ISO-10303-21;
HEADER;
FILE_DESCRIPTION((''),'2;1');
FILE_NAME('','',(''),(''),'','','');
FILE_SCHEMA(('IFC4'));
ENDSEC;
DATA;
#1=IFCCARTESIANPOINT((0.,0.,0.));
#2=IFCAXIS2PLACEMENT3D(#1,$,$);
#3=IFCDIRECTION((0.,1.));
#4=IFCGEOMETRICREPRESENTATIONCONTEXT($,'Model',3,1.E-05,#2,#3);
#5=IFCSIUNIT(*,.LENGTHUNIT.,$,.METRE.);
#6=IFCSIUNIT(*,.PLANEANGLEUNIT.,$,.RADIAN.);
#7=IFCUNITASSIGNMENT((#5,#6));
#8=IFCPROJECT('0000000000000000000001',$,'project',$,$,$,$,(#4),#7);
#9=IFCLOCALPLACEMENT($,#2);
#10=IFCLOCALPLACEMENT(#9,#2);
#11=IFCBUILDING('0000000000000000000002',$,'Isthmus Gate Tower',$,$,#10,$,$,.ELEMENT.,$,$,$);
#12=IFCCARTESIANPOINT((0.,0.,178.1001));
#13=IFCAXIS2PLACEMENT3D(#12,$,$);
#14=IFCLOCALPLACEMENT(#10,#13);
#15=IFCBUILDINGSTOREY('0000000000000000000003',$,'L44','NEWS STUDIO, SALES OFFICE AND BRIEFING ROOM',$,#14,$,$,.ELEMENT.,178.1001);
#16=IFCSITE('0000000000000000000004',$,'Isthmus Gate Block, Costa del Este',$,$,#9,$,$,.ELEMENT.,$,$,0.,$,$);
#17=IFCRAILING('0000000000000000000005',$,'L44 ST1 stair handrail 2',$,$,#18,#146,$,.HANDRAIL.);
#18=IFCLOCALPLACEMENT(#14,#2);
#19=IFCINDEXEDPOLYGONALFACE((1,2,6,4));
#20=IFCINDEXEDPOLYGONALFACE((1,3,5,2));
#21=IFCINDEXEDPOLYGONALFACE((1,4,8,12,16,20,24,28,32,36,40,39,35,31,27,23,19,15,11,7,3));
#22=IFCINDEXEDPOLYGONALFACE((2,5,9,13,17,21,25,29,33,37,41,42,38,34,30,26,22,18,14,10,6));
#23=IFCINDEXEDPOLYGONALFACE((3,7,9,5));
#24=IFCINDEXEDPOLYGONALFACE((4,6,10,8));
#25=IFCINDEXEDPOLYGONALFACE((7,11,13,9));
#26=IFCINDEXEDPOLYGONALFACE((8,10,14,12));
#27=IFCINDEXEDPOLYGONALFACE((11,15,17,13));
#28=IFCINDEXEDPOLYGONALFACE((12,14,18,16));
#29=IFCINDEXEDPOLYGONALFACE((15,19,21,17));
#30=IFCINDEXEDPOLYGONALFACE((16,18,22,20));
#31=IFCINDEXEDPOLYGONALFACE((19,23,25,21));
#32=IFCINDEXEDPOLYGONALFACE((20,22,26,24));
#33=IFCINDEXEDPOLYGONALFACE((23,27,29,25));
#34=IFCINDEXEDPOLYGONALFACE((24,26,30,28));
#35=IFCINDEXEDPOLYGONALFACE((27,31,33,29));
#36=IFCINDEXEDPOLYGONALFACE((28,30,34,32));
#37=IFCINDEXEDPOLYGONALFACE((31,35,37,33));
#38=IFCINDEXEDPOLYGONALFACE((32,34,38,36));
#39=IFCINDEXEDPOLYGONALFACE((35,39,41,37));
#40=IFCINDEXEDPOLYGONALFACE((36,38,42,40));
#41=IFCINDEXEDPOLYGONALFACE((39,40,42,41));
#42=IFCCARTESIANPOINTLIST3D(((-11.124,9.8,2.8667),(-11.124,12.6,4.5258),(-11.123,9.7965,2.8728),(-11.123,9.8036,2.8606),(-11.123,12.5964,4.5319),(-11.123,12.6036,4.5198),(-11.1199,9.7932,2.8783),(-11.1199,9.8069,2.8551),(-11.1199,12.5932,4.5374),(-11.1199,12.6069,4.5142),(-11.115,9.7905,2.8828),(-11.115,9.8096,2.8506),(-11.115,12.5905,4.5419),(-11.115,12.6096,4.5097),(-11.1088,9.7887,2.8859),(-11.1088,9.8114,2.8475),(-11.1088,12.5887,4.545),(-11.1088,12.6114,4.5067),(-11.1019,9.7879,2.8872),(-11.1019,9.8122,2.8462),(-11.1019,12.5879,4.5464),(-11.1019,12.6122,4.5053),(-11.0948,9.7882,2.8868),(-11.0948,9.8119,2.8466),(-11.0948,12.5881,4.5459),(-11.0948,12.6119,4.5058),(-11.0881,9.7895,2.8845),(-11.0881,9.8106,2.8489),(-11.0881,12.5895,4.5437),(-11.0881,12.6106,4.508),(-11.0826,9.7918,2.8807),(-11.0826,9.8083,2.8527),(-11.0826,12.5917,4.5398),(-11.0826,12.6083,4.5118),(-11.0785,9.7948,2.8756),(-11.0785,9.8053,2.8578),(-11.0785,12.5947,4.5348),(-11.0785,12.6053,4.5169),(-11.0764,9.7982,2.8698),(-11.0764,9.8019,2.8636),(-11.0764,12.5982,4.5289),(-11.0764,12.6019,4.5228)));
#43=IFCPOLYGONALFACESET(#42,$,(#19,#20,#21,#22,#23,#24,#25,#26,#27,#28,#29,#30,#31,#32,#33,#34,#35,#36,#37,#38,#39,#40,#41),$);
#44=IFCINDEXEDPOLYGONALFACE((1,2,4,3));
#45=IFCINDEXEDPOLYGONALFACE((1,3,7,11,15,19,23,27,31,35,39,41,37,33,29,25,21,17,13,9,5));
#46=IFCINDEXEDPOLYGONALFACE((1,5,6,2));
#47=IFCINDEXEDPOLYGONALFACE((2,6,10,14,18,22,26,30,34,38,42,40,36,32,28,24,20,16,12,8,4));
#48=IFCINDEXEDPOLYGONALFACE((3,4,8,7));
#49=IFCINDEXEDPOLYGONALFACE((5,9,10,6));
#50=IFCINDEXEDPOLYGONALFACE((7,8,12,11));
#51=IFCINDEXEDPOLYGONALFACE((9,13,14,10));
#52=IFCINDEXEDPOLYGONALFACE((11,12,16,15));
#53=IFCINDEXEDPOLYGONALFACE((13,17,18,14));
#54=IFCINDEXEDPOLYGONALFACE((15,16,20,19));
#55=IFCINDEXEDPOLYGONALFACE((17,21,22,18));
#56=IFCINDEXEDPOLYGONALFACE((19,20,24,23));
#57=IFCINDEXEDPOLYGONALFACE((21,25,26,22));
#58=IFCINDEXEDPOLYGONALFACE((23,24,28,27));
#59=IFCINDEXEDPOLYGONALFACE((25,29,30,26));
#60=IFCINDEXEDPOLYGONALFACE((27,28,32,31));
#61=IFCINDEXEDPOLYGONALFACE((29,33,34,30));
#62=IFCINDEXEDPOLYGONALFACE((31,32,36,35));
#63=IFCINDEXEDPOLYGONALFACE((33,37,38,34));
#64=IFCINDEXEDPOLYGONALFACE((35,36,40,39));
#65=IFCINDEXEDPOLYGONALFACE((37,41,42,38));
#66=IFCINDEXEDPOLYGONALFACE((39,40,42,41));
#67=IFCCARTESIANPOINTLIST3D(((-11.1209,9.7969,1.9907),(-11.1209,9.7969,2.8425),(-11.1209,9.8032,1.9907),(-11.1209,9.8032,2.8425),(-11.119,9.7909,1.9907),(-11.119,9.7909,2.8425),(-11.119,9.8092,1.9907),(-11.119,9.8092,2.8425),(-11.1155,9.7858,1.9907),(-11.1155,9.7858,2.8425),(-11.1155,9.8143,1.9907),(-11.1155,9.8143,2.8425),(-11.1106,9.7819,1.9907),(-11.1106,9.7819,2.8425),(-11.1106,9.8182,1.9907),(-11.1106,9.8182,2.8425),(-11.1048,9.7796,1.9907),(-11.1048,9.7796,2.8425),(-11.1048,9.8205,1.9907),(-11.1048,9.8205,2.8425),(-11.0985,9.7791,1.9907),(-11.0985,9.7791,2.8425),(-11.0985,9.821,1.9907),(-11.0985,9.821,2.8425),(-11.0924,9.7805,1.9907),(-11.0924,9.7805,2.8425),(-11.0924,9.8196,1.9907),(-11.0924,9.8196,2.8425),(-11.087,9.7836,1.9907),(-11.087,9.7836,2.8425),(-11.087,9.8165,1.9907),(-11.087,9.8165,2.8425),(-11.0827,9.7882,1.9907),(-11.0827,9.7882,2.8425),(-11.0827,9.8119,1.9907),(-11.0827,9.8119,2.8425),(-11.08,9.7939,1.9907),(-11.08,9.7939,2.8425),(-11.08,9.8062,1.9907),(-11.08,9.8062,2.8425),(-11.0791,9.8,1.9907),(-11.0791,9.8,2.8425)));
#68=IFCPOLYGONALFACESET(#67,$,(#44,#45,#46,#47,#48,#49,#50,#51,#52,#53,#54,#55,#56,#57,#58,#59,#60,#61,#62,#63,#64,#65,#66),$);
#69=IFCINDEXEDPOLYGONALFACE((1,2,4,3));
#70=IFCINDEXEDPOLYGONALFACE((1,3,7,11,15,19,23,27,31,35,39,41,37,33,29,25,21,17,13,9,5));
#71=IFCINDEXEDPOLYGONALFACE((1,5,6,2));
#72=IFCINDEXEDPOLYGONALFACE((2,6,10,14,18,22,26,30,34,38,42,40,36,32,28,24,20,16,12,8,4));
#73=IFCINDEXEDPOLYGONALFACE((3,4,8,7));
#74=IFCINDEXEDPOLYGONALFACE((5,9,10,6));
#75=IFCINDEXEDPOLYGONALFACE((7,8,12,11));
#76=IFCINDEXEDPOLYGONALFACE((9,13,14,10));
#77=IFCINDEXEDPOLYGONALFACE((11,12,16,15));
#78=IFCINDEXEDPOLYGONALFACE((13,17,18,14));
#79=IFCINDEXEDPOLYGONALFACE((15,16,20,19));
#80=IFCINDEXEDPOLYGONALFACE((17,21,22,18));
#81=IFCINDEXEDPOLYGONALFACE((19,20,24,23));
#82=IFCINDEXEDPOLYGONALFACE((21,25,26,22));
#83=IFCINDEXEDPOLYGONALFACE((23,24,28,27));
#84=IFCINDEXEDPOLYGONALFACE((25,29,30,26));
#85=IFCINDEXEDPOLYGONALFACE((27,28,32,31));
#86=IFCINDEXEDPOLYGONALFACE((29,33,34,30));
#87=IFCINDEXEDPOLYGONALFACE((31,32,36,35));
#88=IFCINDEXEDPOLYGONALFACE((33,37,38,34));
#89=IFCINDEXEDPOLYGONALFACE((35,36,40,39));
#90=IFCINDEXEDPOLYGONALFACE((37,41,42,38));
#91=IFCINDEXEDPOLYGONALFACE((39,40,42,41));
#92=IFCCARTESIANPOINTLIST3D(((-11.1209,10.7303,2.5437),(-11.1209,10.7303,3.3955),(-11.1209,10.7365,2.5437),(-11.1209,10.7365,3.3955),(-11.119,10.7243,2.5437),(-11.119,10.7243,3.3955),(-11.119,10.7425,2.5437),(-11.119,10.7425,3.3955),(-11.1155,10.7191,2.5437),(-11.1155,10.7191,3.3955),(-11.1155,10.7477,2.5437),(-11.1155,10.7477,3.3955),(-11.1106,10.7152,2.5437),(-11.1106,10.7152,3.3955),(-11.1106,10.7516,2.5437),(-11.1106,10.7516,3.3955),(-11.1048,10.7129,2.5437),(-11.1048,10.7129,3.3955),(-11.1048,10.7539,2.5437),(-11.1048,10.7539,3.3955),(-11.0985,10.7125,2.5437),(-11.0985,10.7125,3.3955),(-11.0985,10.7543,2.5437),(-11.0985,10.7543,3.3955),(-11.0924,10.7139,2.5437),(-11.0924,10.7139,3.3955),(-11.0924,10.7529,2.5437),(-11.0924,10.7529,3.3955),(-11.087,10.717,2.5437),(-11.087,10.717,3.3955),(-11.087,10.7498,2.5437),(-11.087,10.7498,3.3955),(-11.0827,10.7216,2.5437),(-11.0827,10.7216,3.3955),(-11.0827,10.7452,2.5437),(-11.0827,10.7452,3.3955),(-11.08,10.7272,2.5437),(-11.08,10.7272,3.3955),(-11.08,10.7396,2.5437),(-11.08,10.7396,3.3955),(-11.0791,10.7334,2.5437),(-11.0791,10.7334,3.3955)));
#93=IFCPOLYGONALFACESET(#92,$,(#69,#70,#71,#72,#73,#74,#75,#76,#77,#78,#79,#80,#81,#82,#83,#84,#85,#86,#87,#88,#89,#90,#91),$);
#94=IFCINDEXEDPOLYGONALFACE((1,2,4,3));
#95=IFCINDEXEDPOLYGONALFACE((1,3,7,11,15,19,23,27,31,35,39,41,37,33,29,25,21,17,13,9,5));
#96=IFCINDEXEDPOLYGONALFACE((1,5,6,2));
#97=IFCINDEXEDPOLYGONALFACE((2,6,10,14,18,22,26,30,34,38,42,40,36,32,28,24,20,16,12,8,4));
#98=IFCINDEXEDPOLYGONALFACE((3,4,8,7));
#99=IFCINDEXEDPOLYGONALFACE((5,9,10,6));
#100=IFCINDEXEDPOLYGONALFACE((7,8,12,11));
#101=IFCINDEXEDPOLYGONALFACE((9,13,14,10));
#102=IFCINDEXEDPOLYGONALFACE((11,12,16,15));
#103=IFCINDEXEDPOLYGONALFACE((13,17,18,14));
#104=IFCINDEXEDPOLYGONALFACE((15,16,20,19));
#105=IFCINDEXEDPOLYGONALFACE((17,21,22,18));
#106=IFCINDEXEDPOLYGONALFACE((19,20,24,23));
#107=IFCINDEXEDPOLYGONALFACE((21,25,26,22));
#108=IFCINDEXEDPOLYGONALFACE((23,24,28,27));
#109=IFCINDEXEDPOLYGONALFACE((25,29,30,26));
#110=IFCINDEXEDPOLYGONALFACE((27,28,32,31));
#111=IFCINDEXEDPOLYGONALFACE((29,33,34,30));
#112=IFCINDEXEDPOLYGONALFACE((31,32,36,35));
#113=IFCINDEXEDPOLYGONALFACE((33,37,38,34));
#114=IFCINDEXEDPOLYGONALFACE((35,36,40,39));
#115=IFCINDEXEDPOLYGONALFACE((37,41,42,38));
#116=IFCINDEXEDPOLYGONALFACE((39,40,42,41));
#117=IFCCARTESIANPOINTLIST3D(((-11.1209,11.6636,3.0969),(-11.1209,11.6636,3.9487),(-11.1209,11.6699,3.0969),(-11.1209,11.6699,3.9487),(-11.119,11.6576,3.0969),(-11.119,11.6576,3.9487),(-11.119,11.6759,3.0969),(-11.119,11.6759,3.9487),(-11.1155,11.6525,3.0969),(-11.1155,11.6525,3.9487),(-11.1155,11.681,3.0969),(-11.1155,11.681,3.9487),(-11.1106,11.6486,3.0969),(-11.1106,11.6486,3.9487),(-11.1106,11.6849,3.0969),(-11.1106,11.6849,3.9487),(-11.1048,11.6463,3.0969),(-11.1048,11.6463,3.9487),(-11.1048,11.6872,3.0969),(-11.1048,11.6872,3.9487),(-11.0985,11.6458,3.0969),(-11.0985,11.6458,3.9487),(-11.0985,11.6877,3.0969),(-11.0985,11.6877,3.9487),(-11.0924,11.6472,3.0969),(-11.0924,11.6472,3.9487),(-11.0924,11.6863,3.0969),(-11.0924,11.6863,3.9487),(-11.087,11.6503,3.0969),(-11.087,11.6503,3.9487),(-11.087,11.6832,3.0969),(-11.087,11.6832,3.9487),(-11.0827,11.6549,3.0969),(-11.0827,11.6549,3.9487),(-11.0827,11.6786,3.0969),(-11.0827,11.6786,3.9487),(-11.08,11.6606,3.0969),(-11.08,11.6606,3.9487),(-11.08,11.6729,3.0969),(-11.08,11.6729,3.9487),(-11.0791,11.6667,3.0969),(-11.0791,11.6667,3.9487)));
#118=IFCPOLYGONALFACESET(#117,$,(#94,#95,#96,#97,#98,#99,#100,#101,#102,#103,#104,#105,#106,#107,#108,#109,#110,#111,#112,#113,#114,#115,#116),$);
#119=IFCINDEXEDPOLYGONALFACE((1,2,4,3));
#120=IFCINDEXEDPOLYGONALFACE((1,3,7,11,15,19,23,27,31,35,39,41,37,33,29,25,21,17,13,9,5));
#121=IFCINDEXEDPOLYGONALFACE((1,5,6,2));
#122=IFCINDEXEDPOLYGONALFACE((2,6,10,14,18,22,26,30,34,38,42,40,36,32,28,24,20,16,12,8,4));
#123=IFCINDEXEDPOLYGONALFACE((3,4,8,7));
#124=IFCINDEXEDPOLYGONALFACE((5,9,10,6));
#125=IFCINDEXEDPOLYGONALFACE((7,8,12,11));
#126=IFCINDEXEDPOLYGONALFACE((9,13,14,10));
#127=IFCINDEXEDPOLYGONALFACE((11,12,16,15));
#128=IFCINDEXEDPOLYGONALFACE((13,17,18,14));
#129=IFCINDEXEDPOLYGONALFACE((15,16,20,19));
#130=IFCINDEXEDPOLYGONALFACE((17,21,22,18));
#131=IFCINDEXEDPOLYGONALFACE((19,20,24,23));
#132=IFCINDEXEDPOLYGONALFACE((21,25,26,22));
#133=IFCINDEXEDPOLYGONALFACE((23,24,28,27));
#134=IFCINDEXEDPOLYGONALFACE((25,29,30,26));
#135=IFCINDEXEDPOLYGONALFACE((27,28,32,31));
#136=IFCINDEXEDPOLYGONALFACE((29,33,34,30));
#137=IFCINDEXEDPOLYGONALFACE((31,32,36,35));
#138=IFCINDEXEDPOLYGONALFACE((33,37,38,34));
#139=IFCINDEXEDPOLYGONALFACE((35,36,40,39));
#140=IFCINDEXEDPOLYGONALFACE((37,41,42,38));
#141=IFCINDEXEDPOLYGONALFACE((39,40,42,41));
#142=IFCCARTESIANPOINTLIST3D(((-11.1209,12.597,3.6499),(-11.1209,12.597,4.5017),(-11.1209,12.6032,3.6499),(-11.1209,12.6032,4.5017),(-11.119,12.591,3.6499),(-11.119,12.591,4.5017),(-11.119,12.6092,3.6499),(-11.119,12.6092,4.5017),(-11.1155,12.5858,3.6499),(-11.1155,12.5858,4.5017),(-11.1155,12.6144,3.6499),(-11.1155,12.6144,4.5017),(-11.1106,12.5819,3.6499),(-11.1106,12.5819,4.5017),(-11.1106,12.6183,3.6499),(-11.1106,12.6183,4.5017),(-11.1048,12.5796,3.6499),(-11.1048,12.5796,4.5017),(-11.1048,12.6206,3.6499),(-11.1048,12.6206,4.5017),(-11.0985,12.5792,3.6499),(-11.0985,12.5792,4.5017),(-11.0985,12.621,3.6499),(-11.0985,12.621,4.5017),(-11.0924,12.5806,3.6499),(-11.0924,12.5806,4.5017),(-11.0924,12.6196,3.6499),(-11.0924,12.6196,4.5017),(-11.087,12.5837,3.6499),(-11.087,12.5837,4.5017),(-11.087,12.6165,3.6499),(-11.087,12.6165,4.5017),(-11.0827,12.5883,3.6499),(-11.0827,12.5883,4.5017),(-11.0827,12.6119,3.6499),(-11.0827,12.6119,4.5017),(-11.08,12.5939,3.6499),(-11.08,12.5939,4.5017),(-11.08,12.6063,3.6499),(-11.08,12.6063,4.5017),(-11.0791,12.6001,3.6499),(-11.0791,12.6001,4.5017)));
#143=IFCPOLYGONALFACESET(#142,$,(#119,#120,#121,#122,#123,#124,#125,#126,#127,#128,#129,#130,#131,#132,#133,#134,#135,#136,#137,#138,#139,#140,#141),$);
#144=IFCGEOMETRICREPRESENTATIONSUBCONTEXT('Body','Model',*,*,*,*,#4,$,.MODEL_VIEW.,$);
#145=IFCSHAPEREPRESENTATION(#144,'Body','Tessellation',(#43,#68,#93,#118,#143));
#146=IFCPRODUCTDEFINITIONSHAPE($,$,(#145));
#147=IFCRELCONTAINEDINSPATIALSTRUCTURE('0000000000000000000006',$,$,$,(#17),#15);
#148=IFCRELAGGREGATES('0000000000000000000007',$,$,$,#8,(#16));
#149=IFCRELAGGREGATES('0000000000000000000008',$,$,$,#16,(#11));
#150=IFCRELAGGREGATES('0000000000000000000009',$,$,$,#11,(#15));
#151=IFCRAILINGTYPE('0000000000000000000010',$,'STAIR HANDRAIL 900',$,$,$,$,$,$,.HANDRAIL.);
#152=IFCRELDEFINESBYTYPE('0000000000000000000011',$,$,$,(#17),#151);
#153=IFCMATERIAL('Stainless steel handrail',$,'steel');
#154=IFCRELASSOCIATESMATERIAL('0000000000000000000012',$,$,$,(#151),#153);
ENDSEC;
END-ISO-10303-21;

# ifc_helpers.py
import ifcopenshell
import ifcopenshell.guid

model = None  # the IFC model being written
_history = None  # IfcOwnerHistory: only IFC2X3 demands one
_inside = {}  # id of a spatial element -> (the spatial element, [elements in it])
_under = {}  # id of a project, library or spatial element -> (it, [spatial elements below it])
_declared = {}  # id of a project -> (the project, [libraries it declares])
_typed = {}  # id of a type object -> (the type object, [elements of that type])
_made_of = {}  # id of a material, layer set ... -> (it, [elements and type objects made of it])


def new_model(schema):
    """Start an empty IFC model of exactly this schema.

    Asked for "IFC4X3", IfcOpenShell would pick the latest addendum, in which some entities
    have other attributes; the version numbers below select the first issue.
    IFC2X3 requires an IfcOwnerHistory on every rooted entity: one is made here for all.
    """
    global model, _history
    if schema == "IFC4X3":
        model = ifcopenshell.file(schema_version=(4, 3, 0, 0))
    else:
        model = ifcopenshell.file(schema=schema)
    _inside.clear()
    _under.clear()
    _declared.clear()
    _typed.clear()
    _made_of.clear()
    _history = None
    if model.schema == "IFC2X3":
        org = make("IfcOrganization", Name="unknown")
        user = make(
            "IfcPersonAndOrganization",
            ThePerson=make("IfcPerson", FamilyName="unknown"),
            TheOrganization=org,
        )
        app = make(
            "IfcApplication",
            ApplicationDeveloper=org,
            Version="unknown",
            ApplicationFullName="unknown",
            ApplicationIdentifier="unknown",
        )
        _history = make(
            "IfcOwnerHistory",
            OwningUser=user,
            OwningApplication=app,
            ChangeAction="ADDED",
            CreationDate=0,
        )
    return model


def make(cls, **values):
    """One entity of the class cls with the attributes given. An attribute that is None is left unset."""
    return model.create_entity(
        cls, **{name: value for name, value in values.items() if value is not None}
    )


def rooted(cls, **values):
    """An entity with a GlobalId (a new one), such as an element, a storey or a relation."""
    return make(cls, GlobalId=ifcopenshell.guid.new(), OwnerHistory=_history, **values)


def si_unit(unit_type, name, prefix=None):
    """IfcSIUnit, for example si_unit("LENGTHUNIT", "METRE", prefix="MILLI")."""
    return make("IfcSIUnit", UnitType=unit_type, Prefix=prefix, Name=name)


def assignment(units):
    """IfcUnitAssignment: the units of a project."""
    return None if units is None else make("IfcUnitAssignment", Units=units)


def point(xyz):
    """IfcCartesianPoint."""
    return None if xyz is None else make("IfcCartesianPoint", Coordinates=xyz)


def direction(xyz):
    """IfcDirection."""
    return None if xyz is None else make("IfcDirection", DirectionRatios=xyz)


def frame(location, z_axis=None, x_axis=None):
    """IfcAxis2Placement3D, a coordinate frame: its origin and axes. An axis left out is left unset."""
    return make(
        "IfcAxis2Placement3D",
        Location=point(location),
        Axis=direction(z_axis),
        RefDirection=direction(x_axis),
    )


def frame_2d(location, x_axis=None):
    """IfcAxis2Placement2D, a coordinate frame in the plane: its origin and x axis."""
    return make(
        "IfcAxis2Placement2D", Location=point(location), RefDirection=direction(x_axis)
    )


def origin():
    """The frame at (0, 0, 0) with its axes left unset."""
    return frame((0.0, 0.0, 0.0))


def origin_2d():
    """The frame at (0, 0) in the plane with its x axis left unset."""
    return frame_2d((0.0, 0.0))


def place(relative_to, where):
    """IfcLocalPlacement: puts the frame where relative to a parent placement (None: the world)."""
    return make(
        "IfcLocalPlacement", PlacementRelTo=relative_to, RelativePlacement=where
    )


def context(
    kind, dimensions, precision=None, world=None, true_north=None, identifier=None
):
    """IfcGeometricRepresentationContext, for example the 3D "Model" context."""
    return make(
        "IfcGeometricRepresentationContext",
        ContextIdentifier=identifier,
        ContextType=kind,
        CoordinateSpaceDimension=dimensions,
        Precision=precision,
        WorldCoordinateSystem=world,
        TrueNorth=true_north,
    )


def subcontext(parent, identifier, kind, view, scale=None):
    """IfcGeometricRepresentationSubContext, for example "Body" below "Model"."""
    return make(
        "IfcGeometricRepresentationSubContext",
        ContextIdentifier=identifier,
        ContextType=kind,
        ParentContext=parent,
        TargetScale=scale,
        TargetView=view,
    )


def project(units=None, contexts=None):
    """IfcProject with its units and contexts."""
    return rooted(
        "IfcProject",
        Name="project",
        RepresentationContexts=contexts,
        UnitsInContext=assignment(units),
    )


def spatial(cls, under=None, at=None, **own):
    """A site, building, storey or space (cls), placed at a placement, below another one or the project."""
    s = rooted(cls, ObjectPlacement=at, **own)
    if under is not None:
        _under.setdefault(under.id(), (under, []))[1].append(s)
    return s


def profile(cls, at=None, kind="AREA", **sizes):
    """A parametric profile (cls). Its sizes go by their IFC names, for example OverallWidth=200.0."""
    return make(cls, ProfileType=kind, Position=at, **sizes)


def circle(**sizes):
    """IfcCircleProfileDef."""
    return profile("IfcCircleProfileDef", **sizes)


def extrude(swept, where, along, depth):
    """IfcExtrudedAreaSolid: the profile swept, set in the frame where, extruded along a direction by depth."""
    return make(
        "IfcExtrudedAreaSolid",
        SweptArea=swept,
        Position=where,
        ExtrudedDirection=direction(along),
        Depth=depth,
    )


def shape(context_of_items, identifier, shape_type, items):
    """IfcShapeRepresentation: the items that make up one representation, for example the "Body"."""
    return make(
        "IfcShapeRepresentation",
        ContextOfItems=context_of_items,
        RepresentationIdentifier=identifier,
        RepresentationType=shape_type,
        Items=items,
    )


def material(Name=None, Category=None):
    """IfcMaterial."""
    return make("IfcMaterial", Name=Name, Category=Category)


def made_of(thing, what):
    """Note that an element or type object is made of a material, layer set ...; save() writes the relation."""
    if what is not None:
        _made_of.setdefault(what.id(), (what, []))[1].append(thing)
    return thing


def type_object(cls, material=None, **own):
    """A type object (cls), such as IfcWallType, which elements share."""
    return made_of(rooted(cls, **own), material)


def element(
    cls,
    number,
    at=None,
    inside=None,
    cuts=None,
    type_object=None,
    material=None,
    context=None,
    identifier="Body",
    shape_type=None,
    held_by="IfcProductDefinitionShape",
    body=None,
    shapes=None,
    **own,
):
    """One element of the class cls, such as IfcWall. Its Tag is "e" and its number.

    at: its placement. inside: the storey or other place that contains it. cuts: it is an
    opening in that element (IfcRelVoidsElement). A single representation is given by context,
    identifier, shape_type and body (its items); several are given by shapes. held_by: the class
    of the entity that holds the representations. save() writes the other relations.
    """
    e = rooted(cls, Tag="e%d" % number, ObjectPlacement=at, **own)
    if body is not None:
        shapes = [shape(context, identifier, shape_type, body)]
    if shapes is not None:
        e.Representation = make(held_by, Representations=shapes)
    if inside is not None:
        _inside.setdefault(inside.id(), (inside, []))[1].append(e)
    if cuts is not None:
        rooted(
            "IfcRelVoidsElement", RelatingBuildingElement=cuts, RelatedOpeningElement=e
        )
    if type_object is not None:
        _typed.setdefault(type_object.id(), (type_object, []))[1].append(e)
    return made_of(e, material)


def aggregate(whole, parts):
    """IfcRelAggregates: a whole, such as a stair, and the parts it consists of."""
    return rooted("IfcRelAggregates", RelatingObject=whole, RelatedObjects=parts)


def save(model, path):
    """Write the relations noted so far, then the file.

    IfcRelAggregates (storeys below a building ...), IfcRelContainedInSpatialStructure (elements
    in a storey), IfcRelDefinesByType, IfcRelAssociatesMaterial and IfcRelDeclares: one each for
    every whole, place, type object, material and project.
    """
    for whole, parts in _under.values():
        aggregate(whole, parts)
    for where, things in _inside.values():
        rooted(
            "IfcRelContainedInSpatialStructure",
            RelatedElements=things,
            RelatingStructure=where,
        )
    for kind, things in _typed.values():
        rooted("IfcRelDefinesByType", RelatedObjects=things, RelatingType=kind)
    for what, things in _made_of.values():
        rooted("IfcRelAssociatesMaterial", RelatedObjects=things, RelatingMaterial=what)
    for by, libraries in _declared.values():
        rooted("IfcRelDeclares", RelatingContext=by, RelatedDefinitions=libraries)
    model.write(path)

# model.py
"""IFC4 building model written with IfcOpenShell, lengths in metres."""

from ifc_helpers import new_model, si_unit, direction, frame, origin, origin_2d, place, context, subcontext, project, spatial, circle, extrude, material, type_object, element, save


model = new_model("IFC4")

# Units and contexts
model_context = context("Model", 3, precision=1e-05, world=origin(), true_north=direction((0.0, 1.0)))
body_context = subcontext(model_context, "Body", "Model", "MODEL_VIEW")
ifc_project = project(units=[si_unit("LENGTHUNIT", "METRE"), si_unit("PLANEANGLEUNIT", "RADIAN")], contexts=[model_context])

# Site, building, storey
site_placement = place(None, origin())
site = spatial("IfcSite", under=ifc_project, at=site_placement, Name="Isthmus Gate Block, Costa del Este", CompositionType="ELEMENT", RefElevation=0.0)
building_placement = place(site_placement, origin())
building = spatial("IfcBuilding", under=site, at=building_placement, Name="Isthmus Gate Tower", CompositionType="ELEMENT")
storey_placement = place(building_placement, frame((0.0, 0.0, 178.1001)))
storey = spatial("IfcBuildingStorey", under=building, at=storey_placement, Name="L44", Description="NEWS STUDIO, SALES OFFICE AND BRIEFING ROOM", CompositionType="ELEMENT", Elevation=178.1001)

# Railing
ifc_material_1 = material(Name="Stainless steel handrail", Category="steel")
railing_type_1 = type_object("IfcRailingType", Name="STAIR HANDRAIL 900", PredefinedType="HANDRAIL", material=ifc_material_1)
for number, where, name in (
    (1, (-11.1001, 9.8, 1.9907), "L44 ST1 stair handrail 2"),
):
    element("IfcRailing", number, at=place(storey_placement, frame(where)), inside=storey, type_object=railing_type_1, Name=name, PredefinedType="HANDRAIL", context=body_context, shape_type="SweptSolid", body=[
        extrude(circle(Radius=0.0239, at=origin_2d()), frame((0.0, 0.0, 0.876), z_axis=(0.0, 0.860306, 0.509778), x_axis=(-1.0, 0.0, 0.0)), (0.0, 0.0, 1.0), 3.2546),
        extrude(circle(Radius=0.021, at=origin_2d()), origin(), (0.0, 0.0, 1.0), 0.8518),
        extrude(circle(Radius=0.021, at=origin_2d()), frame((0.0, 0.9333, 0.553)), (0.0, 0.0, 1.0), 0.8518),
        extrude(circle(Radius=0.021, at=origin_2d()), frame((0.0, 1.8667, 1.1062)), (0.0, 0.0, 1.0), 0.8518),
        extrude(circle(Radius=0.021, at=origin_2d()), frame((0.0, 2.8, 1.6592)), (0.0, 0.0, 1.0), 0.8518),
    ])

save(model, "model.ifc")
